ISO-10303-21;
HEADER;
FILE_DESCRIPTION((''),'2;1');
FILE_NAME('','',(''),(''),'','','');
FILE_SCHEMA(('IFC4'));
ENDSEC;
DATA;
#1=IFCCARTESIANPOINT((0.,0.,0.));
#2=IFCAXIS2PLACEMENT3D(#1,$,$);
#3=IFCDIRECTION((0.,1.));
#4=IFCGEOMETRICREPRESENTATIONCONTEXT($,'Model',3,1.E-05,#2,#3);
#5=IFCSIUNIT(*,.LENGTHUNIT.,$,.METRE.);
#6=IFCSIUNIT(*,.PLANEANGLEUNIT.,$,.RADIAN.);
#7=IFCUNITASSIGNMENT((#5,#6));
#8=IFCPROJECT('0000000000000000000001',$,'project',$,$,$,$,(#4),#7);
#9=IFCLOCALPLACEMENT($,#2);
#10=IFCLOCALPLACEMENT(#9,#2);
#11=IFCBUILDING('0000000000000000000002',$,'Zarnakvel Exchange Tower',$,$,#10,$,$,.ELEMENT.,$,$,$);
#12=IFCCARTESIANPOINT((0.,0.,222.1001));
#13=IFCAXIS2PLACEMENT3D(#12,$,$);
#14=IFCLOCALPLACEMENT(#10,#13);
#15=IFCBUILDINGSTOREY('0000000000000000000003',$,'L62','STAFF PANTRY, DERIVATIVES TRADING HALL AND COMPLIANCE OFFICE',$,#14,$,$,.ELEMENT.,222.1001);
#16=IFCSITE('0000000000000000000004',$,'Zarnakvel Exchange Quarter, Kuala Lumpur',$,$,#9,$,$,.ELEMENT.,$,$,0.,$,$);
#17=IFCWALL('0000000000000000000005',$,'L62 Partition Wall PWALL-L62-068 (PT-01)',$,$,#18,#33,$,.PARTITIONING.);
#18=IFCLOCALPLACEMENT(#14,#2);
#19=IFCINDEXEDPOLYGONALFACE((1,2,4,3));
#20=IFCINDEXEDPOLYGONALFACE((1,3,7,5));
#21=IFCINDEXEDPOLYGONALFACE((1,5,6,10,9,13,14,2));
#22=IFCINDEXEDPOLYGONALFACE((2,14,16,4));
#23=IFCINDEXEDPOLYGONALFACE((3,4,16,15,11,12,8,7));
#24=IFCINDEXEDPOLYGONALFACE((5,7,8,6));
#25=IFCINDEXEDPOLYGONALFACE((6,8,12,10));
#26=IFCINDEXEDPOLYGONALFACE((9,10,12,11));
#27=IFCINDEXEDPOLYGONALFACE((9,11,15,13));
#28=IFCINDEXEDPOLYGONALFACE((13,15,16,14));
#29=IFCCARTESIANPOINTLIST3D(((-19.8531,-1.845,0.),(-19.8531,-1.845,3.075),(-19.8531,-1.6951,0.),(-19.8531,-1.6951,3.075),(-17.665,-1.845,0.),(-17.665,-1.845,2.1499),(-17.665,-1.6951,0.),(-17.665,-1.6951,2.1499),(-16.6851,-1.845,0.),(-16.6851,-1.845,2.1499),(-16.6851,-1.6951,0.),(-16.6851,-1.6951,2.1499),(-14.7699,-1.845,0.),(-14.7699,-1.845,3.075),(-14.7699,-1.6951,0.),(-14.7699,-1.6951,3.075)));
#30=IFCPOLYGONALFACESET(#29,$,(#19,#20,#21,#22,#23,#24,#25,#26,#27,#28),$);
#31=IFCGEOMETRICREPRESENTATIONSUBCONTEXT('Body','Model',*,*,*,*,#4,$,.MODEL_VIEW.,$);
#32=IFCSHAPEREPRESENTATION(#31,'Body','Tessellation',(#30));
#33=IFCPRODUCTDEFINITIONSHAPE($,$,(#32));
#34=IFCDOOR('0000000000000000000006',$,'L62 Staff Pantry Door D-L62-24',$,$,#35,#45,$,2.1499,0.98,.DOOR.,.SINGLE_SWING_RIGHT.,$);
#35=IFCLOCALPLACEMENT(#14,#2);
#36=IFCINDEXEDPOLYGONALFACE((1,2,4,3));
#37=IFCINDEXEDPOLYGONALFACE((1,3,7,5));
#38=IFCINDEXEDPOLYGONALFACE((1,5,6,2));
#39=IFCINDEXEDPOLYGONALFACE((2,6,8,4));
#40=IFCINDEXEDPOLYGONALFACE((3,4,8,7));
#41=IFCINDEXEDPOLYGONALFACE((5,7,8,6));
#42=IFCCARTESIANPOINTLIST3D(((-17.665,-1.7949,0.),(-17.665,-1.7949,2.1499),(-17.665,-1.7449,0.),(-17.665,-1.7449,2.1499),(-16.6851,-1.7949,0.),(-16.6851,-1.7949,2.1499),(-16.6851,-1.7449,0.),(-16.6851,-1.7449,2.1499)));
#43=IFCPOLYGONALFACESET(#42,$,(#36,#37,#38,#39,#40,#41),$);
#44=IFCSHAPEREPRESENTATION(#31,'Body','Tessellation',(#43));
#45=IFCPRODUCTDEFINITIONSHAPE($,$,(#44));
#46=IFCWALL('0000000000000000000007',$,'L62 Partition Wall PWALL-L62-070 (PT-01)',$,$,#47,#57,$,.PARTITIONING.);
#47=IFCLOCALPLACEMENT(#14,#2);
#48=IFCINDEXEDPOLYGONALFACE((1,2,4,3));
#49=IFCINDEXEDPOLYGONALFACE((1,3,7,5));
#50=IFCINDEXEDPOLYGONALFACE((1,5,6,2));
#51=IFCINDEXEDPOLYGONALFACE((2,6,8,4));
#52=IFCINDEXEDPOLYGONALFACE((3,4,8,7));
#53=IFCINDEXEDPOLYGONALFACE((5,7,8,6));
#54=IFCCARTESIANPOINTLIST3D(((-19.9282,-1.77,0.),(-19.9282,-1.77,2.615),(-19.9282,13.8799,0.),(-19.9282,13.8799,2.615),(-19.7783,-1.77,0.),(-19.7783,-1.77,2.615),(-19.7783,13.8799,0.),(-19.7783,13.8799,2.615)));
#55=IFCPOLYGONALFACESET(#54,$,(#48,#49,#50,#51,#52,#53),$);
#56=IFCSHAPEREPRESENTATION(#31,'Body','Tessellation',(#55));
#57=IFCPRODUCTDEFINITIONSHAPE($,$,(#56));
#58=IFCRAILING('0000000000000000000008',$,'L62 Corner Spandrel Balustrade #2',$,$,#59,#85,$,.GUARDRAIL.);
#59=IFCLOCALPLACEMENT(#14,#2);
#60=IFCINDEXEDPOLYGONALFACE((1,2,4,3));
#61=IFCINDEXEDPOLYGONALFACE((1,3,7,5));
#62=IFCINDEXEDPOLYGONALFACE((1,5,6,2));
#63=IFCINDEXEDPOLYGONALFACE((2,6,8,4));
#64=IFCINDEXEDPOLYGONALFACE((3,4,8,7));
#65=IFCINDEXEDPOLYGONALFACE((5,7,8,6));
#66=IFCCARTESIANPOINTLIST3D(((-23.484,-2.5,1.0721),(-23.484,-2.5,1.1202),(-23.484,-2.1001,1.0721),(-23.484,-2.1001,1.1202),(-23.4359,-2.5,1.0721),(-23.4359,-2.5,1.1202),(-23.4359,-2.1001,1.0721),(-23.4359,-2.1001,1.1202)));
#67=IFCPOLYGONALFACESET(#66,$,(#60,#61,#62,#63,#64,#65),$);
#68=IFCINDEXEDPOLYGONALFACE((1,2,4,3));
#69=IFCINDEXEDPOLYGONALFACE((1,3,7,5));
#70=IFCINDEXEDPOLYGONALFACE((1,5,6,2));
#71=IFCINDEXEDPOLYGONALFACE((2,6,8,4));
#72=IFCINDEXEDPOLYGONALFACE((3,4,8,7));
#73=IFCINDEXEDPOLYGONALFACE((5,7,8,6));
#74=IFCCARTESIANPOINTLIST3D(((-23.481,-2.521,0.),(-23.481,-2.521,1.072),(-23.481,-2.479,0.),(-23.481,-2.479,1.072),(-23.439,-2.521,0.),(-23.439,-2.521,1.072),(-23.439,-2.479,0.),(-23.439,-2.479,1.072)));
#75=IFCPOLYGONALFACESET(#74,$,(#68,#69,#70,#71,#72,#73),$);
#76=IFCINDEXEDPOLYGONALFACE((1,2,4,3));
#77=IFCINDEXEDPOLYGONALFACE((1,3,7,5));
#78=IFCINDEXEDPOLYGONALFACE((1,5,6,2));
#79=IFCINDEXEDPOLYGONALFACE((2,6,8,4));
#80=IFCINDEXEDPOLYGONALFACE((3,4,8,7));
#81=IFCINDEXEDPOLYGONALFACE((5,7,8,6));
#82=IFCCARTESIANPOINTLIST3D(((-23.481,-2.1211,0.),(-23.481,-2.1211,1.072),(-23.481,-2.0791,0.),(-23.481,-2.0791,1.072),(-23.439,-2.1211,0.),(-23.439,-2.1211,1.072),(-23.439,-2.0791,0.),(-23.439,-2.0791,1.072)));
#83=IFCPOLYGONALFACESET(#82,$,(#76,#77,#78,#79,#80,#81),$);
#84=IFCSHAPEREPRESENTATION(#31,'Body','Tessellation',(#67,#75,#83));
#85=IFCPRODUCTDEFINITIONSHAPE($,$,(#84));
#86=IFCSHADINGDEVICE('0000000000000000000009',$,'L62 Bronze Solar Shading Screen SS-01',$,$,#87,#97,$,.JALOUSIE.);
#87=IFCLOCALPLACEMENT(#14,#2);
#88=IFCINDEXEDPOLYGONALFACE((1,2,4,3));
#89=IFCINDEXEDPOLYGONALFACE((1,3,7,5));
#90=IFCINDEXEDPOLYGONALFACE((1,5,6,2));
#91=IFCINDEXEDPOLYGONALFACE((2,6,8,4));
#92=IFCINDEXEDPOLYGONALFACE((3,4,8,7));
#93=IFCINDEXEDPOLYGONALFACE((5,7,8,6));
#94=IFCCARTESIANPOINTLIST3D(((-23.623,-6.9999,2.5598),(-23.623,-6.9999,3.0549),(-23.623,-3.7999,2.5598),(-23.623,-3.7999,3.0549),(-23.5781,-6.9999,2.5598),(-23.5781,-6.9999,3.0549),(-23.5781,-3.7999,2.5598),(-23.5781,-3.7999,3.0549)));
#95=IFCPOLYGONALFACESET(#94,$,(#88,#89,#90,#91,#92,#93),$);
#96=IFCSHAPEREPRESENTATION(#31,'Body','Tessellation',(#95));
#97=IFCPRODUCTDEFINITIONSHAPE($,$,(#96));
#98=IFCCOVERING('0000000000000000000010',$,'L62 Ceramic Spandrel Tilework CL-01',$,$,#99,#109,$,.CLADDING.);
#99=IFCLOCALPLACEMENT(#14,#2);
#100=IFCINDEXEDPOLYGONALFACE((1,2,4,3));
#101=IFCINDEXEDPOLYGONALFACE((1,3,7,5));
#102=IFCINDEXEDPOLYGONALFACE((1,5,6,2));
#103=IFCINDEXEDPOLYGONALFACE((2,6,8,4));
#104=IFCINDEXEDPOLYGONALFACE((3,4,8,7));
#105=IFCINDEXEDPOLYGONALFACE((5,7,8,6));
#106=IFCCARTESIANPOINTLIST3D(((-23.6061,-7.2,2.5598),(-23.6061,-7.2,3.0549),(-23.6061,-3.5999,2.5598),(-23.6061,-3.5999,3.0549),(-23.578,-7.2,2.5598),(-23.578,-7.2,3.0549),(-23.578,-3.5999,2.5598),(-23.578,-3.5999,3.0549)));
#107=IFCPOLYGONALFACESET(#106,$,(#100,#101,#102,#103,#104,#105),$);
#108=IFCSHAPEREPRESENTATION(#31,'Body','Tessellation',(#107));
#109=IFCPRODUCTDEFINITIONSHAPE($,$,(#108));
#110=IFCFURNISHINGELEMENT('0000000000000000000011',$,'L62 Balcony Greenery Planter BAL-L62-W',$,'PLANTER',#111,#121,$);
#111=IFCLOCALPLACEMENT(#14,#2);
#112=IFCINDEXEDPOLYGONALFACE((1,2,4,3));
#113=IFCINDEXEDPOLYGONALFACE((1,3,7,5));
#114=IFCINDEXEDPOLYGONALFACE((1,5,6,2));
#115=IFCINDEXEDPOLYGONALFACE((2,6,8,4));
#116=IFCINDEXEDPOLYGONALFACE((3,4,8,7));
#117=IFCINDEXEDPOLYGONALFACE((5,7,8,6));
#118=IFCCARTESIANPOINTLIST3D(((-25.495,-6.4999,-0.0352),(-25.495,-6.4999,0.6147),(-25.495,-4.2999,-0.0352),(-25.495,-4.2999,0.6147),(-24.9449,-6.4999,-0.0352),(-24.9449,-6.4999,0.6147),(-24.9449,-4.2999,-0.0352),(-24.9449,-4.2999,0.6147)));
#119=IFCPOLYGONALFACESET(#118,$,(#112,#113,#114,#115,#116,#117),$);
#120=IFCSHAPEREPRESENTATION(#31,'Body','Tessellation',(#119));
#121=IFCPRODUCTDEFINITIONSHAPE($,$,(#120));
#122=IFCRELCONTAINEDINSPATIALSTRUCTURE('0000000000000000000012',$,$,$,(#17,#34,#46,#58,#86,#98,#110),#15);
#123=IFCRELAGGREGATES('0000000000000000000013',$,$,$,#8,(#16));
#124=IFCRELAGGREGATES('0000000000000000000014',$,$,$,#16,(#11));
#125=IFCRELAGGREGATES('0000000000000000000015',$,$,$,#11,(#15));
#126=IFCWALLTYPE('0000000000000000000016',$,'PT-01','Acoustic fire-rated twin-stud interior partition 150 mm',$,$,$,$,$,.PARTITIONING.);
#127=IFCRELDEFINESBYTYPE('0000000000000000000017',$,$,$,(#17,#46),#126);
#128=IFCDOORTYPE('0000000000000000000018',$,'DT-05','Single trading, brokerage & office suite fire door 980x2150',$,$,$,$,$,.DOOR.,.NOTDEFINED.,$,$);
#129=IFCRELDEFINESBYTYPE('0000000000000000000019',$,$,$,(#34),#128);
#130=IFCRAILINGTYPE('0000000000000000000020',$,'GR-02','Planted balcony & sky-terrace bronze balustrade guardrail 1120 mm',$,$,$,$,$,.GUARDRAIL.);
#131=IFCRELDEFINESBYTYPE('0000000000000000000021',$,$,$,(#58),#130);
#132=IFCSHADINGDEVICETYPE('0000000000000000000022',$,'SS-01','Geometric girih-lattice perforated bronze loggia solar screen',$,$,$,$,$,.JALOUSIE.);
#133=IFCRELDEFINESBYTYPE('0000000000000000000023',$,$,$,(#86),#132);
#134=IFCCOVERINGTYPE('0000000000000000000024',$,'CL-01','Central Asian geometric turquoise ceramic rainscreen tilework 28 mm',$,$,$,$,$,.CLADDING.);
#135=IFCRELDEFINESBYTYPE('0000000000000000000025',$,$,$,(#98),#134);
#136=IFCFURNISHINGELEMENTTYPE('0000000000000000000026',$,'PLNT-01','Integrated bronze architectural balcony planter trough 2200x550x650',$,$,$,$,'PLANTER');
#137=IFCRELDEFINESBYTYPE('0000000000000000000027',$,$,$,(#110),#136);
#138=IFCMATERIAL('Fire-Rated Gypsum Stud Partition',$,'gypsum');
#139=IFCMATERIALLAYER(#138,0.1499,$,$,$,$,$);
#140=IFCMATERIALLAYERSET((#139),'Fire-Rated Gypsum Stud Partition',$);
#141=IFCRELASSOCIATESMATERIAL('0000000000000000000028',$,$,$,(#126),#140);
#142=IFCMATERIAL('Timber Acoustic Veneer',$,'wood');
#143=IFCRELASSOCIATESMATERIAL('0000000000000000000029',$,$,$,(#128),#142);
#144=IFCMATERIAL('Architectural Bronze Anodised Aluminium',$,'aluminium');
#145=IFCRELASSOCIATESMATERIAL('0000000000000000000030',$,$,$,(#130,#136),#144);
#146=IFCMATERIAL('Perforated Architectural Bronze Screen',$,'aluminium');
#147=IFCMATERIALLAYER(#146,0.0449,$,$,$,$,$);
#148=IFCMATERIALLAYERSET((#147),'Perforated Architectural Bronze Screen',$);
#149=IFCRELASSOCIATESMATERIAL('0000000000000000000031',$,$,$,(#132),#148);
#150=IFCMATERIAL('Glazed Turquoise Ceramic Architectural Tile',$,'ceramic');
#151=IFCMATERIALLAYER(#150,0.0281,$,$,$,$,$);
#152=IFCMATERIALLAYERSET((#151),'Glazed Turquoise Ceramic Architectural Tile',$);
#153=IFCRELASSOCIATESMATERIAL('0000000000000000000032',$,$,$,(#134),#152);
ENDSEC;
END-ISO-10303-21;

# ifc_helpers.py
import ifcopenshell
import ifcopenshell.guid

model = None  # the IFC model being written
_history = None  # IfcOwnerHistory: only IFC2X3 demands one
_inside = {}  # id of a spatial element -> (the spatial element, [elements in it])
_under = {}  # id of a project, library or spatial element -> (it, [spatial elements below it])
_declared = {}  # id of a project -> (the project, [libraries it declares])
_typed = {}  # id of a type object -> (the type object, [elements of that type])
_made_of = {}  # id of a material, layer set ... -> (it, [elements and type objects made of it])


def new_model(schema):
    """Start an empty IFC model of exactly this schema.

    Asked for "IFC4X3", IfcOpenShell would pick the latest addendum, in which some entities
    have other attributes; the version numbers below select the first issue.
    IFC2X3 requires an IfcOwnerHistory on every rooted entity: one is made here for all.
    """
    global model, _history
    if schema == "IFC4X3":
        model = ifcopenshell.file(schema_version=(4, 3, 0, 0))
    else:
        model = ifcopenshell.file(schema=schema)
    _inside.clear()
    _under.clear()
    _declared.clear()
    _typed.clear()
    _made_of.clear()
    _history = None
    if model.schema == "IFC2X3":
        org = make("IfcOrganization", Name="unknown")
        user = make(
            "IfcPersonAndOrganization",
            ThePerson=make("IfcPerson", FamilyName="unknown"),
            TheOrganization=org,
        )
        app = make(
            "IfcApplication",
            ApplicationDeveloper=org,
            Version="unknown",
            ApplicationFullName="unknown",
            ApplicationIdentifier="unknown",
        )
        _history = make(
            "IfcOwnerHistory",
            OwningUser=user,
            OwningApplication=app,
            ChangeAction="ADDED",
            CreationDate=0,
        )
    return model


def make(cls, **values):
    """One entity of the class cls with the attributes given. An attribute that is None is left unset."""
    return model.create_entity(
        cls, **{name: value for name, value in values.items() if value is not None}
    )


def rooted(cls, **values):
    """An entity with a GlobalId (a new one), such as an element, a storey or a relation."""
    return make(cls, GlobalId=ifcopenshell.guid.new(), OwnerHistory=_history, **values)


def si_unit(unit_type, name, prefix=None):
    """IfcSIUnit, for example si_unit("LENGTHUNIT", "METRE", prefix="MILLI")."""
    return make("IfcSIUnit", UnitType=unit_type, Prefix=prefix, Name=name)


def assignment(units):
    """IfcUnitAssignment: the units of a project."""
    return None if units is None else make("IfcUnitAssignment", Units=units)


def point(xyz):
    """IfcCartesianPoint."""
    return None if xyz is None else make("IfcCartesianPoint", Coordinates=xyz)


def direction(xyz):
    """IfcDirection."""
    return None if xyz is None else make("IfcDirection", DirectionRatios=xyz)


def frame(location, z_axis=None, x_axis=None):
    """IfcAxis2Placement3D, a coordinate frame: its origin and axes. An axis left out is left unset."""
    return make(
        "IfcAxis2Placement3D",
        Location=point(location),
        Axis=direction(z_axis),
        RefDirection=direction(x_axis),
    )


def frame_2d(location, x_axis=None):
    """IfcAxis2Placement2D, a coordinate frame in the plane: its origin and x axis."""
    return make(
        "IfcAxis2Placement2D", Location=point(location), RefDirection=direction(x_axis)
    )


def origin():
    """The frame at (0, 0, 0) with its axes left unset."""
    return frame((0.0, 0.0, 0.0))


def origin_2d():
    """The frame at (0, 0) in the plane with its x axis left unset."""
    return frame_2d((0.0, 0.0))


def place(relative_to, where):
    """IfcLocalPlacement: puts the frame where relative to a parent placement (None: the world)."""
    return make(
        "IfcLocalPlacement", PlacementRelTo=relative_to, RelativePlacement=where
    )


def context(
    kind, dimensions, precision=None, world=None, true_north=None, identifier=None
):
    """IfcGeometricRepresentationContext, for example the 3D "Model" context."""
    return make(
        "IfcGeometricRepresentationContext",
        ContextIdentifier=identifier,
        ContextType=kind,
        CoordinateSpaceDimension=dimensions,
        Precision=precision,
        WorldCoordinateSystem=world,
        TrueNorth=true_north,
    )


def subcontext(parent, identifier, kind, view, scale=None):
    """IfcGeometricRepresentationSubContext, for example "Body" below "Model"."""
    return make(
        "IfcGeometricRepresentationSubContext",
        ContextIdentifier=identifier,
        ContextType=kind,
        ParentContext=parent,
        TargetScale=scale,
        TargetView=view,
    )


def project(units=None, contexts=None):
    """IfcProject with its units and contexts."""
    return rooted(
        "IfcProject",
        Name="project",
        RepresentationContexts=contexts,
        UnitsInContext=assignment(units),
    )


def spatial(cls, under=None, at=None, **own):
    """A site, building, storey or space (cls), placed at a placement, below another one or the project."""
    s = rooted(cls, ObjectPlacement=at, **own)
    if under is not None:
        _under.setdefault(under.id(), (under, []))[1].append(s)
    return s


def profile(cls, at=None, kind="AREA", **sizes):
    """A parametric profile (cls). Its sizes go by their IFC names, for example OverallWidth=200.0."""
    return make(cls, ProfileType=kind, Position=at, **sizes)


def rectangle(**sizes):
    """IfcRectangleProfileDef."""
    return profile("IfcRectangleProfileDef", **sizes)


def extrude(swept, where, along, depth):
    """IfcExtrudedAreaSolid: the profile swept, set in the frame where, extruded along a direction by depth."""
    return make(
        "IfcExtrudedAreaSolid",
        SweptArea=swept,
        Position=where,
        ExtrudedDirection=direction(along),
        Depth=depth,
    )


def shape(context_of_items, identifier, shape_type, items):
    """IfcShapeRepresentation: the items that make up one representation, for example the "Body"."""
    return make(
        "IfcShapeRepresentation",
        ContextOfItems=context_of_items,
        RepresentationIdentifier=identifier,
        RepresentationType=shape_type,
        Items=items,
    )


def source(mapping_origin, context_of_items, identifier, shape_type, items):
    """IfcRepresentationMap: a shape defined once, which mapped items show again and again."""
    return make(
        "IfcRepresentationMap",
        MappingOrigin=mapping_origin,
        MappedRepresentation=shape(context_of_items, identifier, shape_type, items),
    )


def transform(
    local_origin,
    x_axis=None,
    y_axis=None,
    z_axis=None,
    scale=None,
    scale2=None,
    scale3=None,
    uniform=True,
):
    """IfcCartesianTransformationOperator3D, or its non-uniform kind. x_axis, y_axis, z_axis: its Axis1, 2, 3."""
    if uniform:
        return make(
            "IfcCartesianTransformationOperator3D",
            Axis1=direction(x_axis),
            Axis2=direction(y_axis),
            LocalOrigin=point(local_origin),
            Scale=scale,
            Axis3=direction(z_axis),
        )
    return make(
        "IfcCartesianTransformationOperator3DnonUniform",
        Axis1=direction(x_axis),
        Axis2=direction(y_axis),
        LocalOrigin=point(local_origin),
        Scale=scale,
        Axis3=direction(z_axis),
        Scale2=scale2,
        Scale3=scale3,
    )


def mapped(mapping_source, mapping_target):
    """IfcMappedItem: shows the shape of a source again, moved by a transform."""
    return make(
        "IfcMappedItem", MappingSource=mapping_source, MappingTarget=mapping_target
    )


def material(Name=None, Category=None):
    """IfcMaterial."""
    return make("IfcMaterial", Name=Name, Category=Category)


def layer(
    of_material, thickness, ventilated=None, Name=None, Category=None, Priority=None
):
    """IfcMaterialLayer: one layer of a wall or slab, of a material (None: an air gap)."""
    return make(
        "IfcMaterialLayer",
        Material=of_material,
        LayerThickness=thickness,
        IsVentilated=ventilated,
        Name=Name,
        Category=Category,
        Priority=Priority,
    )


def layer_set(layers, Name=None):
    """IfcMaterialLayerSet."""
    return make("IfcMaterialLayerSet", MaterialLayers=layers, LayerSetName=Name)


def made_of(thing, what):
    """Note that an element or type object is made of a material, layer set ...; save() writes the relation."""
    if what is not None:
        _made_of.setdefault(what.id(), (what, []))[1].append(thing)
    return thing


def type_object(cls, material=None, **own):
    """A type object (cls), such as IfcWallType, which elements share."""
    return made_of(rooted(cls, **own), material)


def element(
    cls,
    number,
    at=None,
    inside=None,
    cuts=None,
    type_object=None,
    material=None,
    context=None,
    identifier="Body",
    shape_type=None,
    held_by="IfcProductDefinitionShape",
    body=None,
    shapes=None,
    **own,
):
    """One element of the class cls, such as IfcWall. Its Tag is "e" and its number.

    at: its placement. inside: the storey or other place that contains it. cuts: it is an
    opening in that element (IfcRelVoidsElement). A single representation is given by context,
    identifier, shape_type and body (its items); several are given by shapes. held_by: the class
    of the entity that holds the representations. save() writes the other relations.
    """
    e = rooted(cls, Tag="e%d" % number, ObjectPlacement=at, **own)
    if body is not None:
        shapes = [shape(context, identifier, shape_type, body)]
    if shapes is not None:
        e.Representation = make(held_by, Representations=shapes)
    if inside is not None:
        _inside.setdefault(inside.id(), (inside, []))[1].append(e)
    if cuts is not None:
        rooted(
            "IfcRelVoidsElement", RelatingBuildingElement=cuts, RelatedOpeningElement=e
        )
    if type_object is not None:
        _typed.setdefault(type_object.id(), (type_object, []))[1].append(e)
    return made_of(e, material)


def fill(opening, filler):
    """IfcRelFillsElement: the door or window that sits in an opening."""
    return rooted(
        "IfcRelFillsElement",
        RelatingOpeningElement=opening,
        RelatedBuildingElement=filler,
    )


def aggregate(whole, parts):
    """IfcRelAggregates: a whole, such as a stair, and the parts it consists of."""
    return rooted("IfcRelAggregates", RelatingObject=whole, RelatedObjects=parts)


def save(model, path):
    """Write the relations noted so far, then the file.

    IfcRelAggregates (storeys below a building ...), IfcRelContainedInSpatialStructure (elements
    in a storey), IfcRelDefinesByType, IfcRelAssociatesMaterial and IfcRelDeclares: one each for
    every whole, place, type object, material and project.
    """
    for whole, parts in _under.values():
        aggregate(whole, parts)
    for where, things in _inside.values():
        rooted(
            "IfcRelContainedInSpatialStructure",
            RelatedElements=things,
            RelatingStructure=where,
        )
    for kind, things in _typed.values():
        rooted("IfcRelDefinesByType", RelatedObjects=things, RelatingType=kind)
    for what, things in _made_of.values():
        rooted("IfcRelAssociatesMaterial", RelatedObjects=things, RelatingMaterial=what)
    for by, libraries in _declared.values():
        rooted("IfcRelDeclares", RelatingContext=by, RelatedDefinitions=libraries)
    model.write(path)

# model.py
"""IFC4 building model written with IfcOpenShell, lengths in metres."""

from ifc_helpers import new_model, si_unit, direction, frame, frame_2d, origin, origin_2d, place, context, subcontext, project, spatial, rectangle, extrude, source, transform, mapped, material, layer, layer_set, type_object, element, fill, save


model = new_model("IFC4")

# Units and contexts
model_context = context("Model", 3, precision=1e-05, world=origin(), true_north=direction((0.0, 1.0)))
body_context = subcontext(model_context, "Body", "Model", "MODEL_VIEW")
ifc_project = project(units=[si_unit("LENGTHUNIT", "METRE"), si_unit("PLANEANGLEUNIT", "RADIAN")], contexts=[model_context])

# Site, building, storey
site_placement = place(None, origin())
site = spatial("IfcSite", under=ifc_project, at=site_placement, Name="Zarnakvel Exchange Quarter, Kuala Lumpur", CompositionType="ELEMENT", RefElevation=0.0)
building_placement = place(site_placement, origin())
building = spatial("IfcBuilding", under=site, at=building_placement, Name="Zarnakvel Exchange Tower", CompositionType="ELEMENT")
storey_placement = place(building_placement, frame((0.0, 0.0, 222.1001)))
storey = spatial("IfcBuildingStorey", under=building, at=storey_placement, Name="L62", Description="STAFF PANTRY, DERIVATIVES TRADING HALL AND COMPLIANCE OFFICE", CompositionType="ELEMENT", Elevation=222.1001)

# Shared definitions
ifc_material_1 = material(Name="Architectural Bronze Anodised Aluminium", Category="aluminium")

# Shared definitions
ifc_material_2 = material(Name="Fire-Rated Gypsum Stud Partition", Category="gypsum")
ifc_layer_1 = layer(ifc_material_2, 0.1499)
ifc_layer_set_1 = layer_set([ifc_layer_1], Name="Fire-Rated Gypsum Stud Partition")
wall_type_1 = type_object("IfcWallType", Name="PT-01", Description="Acoustic fire-rated twin-stud interior partition 150 mm", PredefinedType="PARTITIONING", material=ifc_layer_set_1)

# Wall, opening, door
wall_1_placement = place(storey_placement, frame((-14.77, -1.77, 0.0), z_axis=(0.0, 0.0, 1.0), x_axis=(-1.0, 0.0, 0.0)))
wall_1 = element("IfcWall", 1, at=wall_1_placement, inside=storey, type_object=wall_type_1, Name="L62 Partition Wall PWALL-L62-068 (PT-01)", PredefinedType="PARTITIONING", context=body_context, shape_type="SweptSolid", body=[
    extrude(rectangle(XDim=5.0833, YDim=0.1499, at=frame_2d((2.5415, 0.0))), origin(), (0.0, 0.0, 1.0), 3.075),
])
opening_placement = place(wall_1_placement, frame((1.915, 0.0, 0.0)))
opening = element("IfcOpeningElement", 2, at=opening_placement, cuts=wall_1, PredefinedType="OPENING", context=body_context, shape_type="SweptSolid", body=[
    extrude(rectangle(XDim=0.98, YDim=2.1499, at=frame_2d((0.49, 1.075))), frame((0.0, 0.085, 0.0), z_axis=(0.0, -1.0, 0.0), x_axis=(1.0, 0.0, 0.0)), (0.0, 0.0, 1.0), 0.1699),
])
ifc_material_3 = material(Name="Timber Acoustic Veneer", Category="wood")
door_type = type_object("IfcDoorType", Name="DT-05", Description="Single trading, brokerage & office suite fire door 980x2150", OperationType="NOTDEFINED", PredefinedType="DOOR", material=ifc_material_3)
shared_shape_1 = source(origin(), body_context, "Body", "SweptSolid", [
    extrude(rectangle(XDim=0.98, YDim=2.1499, at=frame_2d((0.49, 1.075))), frame((0.0, 0.0249, 0.0), z_axis=(0.0, -1.0, 0.0), x_axis=(1.0, 0.0, 0.0)), (0.0, 0.0, 1.0), 0.05),
])
door_placement = place(opening_placement, origin())
door = element("IfcDoor", 3, at=door_placement, inside=storey, type_object=door_type, Name="L62 Staff Pantry Door D-L62-24", OperationType="SINGLE_SWING_RIGHT", OverallHeight=2.1499, OverallWidth=0.98, PredefinedType="DOOR", context=body_context, shape_type="MappedRepresentation", body=[
    mapped(shared_shape_1, transform((0.0, 0.0, 0.0), x_axis=(1.0, 0.0, 0.0), y_axis=(0.0, 1.0, 0.0), z_axis=(0.0, 0.0, 1.0), scale=1.0)),
])
fill(opening, door)

# Wall
wall_2_placement = place(storey_placement, frame((-19.8533, -1.77, 0.0), z_axis=(0.0, 0.0, 1.0), x_axis=(0.0, 1.0, 0.0)))
element("IfcWall", 4, at=wall_2_placement, inside=storey, type_object=wall_type_1, Name="L62 Partition Wall PWALL-L62-070 (PT-01)", PredefinedType="PARTITIONING", context=body_context, shape_type="SweptSolid", body=[
    extrude(rectangle(XDim=15.6499, YDim=0.1499, at=frame_2d((7.825, 0.0))), origin(), (0.0, 0.0, 1.0), 2.615),
])

# Railing
railing_type = type_object("IfcRailingType", Name="GR-02", Description="Planted balcony & sky-terrace bronze balustrade guardrail 1120 mm", PredefinedType="GUARDRAIL", material=ifc_material_1)
railing_placement = place(storey_placement, frame((-23.46, -2.5, 0.0)))
element("IfcRailing", 5, at=railing_placement, inside=storey, type_object=railing_type, Name="L62 Corner Spandrel Balustrade #2", PredefinedType="GUARDRAIL", context=body_context, shape_type="SweptSolid", body=[
    extrude(rectangle(XDim=0.0481, YDim=0.0481, at=origin_2d()), frame((0.0, 0.0, 1.0962), z_axis=(0.0, 1.0, 0.0), x_axis=(-1.0, 0.0, 0.0)), (0.0, 0.0, 1.0), 0.3999),
    extrude(rectangle(XDim=0.042, YDim=0.042, at=origin_2d()), origin(), (0.0, 0.0, 1.0), 1.072),
    extrude(rectangle(XDim=0.042, YDim=0.042, at=origin_2d()), frame((0.0, 0.3999, 0.0)), (0.0, 0.0, 1.0), 1.072),
])

# Shading device
ifc_material_4 = material(Name="Perforated Architectural Bronze Screen", Category="aluminium")
ifc_layer_2 = layer(ifc_material_4, 0.0449)
ifc_layer_set_2 = layer_set([ifc_layer_2], Name="Perforated Architectural Bronze Screen")
shading_device_type = type_object("IfcShadingDeviceType", Name="SS-01", Description="Geometric girih-lattice perforated bronze loggia solar screen", PredefinedType="JALOUSIE", material=ifc_layer_set_2)
shared_shape_2 = source(origin(), body_context, "Body", "SweptSolid", [
    extrude(rectangle(XDim=3.2, YDim=0.0449, at=origin_2d()), origin(), (0.0, 0.0, 1.0), 0.4951),
])
shading_device_placement = place(storey_placement, frame((-23.6006, -5.3999, 2.5598), z_axis=(0.0, 0.0, 1.0), x_axis=(0.0, 1.0, 0.0)))
element("IfcShadingDevice", 6, at=shading_device_placement, inside=storey, type_object=shading_device_type, Name="L62 Bronze Solar Shading Screen SS-01", PredefinedType="JALOUSIE", context=body_context, shape_type="MappedRepresentation", body=[
    mapped(shared_shape_2, transform((0.0, 0.0, 0.0), x_axis=(1.0, 0.0, 0.0), y_axis=(0.0, 1.0, 0.0), z_axis=(0.0, 0.0, 1.0), scale=1.0)),
])

# Covering
ifc_material_5 = material(Name="Glazed Turquoise Ceramic Architectural Tile", Category="ceramic")
ifc_layer_3 = layer(ifc_material_5, 0.0281)
ifc_layer_set_3 = layer_set([ifc_layer_3], Name="Glazed Turquoise Ceramic Architectural Tile")
covering_type = type_object("IfcCoveringType", Name="CL-01", Description="Central Asian geometric turquoise ceramic rainscreen tilework 28 mm", PredefinedType="CLADDING", material=ifc_layer_set_3)
shared_shape_3 = source(origin(), body_context, "Body", "SweptSolid", [
    extrude(rectangle(XDim=3.6001, YDim=0.0281, at=origin_2d()), origin(), (0.0, 0.0, 1.0), 0.4951),
])
covering_placement = place(storey_placement, frame((-23.592, -5.3999, 2.5598), z_axis=(0.0, 0.0, 1.0), x_axis=(0.0, 1.0, 0.0)))
element("IfcCovering", 7, at=covering_placement, inside=storey, type_object=covering_type, Name="L62 Ceramic Spandrel Tilework CL-01", PredefinedType="CLADDING", context=body_context, shape_type="MappedRepresentation", body=[
    mapped(shared_shape_3, transform((0.0, 0.0, 0.0), x_axis=(1.0, 0.0, 0.0), y_axis=(0.0, 1.0, 0.0), z_axis=(0.0, 0.0, 1.0), scale=1.0)),
])

# Furnishing element
furnishing_element_type = type_object("IfcFurnishingElementType", Name="PLNT-01", Description="Integrated bronze architectural balcony planter trough 2200x550x650", ElementType="PLANTER", material=ifc_material_1)
shared_shape_4 = source(origin(), body_context, "Body", "SweptSolid", [
    extrude(rectangle(XDim=2.2, YDim=0.55, at=origin_2d()), origin(), (0.0, 0.0, 1.0), 0.6499),
])
furnishing_placement = place(storey_placement, frame((-25.22, -5.3999, -0.0352), z_axis=(0.0, 0.0, 1.0), x_axis=(0.0, 1.0, 0.0)))
element("IfcFurnishingElement", 8, at=furnishing_placement, inside=storey, type_object=furnishing_element_type, Name="L62 Balcony Greenery Planter BAL-L62-W", ObjectType="PLANTER", context=body_context, shape_type="MappedRepresentation", body=[
    mapped(shared_shape_4, transform((0.0, 0.0, 0.0), x_axis=(1.0, 0.0, 0.0), y_axis=(0.0, 1.0, 0.0), z_axis=(0.0, 0.0, 1.0), scale=1.0)),
])

save(model, "model.ifc")
